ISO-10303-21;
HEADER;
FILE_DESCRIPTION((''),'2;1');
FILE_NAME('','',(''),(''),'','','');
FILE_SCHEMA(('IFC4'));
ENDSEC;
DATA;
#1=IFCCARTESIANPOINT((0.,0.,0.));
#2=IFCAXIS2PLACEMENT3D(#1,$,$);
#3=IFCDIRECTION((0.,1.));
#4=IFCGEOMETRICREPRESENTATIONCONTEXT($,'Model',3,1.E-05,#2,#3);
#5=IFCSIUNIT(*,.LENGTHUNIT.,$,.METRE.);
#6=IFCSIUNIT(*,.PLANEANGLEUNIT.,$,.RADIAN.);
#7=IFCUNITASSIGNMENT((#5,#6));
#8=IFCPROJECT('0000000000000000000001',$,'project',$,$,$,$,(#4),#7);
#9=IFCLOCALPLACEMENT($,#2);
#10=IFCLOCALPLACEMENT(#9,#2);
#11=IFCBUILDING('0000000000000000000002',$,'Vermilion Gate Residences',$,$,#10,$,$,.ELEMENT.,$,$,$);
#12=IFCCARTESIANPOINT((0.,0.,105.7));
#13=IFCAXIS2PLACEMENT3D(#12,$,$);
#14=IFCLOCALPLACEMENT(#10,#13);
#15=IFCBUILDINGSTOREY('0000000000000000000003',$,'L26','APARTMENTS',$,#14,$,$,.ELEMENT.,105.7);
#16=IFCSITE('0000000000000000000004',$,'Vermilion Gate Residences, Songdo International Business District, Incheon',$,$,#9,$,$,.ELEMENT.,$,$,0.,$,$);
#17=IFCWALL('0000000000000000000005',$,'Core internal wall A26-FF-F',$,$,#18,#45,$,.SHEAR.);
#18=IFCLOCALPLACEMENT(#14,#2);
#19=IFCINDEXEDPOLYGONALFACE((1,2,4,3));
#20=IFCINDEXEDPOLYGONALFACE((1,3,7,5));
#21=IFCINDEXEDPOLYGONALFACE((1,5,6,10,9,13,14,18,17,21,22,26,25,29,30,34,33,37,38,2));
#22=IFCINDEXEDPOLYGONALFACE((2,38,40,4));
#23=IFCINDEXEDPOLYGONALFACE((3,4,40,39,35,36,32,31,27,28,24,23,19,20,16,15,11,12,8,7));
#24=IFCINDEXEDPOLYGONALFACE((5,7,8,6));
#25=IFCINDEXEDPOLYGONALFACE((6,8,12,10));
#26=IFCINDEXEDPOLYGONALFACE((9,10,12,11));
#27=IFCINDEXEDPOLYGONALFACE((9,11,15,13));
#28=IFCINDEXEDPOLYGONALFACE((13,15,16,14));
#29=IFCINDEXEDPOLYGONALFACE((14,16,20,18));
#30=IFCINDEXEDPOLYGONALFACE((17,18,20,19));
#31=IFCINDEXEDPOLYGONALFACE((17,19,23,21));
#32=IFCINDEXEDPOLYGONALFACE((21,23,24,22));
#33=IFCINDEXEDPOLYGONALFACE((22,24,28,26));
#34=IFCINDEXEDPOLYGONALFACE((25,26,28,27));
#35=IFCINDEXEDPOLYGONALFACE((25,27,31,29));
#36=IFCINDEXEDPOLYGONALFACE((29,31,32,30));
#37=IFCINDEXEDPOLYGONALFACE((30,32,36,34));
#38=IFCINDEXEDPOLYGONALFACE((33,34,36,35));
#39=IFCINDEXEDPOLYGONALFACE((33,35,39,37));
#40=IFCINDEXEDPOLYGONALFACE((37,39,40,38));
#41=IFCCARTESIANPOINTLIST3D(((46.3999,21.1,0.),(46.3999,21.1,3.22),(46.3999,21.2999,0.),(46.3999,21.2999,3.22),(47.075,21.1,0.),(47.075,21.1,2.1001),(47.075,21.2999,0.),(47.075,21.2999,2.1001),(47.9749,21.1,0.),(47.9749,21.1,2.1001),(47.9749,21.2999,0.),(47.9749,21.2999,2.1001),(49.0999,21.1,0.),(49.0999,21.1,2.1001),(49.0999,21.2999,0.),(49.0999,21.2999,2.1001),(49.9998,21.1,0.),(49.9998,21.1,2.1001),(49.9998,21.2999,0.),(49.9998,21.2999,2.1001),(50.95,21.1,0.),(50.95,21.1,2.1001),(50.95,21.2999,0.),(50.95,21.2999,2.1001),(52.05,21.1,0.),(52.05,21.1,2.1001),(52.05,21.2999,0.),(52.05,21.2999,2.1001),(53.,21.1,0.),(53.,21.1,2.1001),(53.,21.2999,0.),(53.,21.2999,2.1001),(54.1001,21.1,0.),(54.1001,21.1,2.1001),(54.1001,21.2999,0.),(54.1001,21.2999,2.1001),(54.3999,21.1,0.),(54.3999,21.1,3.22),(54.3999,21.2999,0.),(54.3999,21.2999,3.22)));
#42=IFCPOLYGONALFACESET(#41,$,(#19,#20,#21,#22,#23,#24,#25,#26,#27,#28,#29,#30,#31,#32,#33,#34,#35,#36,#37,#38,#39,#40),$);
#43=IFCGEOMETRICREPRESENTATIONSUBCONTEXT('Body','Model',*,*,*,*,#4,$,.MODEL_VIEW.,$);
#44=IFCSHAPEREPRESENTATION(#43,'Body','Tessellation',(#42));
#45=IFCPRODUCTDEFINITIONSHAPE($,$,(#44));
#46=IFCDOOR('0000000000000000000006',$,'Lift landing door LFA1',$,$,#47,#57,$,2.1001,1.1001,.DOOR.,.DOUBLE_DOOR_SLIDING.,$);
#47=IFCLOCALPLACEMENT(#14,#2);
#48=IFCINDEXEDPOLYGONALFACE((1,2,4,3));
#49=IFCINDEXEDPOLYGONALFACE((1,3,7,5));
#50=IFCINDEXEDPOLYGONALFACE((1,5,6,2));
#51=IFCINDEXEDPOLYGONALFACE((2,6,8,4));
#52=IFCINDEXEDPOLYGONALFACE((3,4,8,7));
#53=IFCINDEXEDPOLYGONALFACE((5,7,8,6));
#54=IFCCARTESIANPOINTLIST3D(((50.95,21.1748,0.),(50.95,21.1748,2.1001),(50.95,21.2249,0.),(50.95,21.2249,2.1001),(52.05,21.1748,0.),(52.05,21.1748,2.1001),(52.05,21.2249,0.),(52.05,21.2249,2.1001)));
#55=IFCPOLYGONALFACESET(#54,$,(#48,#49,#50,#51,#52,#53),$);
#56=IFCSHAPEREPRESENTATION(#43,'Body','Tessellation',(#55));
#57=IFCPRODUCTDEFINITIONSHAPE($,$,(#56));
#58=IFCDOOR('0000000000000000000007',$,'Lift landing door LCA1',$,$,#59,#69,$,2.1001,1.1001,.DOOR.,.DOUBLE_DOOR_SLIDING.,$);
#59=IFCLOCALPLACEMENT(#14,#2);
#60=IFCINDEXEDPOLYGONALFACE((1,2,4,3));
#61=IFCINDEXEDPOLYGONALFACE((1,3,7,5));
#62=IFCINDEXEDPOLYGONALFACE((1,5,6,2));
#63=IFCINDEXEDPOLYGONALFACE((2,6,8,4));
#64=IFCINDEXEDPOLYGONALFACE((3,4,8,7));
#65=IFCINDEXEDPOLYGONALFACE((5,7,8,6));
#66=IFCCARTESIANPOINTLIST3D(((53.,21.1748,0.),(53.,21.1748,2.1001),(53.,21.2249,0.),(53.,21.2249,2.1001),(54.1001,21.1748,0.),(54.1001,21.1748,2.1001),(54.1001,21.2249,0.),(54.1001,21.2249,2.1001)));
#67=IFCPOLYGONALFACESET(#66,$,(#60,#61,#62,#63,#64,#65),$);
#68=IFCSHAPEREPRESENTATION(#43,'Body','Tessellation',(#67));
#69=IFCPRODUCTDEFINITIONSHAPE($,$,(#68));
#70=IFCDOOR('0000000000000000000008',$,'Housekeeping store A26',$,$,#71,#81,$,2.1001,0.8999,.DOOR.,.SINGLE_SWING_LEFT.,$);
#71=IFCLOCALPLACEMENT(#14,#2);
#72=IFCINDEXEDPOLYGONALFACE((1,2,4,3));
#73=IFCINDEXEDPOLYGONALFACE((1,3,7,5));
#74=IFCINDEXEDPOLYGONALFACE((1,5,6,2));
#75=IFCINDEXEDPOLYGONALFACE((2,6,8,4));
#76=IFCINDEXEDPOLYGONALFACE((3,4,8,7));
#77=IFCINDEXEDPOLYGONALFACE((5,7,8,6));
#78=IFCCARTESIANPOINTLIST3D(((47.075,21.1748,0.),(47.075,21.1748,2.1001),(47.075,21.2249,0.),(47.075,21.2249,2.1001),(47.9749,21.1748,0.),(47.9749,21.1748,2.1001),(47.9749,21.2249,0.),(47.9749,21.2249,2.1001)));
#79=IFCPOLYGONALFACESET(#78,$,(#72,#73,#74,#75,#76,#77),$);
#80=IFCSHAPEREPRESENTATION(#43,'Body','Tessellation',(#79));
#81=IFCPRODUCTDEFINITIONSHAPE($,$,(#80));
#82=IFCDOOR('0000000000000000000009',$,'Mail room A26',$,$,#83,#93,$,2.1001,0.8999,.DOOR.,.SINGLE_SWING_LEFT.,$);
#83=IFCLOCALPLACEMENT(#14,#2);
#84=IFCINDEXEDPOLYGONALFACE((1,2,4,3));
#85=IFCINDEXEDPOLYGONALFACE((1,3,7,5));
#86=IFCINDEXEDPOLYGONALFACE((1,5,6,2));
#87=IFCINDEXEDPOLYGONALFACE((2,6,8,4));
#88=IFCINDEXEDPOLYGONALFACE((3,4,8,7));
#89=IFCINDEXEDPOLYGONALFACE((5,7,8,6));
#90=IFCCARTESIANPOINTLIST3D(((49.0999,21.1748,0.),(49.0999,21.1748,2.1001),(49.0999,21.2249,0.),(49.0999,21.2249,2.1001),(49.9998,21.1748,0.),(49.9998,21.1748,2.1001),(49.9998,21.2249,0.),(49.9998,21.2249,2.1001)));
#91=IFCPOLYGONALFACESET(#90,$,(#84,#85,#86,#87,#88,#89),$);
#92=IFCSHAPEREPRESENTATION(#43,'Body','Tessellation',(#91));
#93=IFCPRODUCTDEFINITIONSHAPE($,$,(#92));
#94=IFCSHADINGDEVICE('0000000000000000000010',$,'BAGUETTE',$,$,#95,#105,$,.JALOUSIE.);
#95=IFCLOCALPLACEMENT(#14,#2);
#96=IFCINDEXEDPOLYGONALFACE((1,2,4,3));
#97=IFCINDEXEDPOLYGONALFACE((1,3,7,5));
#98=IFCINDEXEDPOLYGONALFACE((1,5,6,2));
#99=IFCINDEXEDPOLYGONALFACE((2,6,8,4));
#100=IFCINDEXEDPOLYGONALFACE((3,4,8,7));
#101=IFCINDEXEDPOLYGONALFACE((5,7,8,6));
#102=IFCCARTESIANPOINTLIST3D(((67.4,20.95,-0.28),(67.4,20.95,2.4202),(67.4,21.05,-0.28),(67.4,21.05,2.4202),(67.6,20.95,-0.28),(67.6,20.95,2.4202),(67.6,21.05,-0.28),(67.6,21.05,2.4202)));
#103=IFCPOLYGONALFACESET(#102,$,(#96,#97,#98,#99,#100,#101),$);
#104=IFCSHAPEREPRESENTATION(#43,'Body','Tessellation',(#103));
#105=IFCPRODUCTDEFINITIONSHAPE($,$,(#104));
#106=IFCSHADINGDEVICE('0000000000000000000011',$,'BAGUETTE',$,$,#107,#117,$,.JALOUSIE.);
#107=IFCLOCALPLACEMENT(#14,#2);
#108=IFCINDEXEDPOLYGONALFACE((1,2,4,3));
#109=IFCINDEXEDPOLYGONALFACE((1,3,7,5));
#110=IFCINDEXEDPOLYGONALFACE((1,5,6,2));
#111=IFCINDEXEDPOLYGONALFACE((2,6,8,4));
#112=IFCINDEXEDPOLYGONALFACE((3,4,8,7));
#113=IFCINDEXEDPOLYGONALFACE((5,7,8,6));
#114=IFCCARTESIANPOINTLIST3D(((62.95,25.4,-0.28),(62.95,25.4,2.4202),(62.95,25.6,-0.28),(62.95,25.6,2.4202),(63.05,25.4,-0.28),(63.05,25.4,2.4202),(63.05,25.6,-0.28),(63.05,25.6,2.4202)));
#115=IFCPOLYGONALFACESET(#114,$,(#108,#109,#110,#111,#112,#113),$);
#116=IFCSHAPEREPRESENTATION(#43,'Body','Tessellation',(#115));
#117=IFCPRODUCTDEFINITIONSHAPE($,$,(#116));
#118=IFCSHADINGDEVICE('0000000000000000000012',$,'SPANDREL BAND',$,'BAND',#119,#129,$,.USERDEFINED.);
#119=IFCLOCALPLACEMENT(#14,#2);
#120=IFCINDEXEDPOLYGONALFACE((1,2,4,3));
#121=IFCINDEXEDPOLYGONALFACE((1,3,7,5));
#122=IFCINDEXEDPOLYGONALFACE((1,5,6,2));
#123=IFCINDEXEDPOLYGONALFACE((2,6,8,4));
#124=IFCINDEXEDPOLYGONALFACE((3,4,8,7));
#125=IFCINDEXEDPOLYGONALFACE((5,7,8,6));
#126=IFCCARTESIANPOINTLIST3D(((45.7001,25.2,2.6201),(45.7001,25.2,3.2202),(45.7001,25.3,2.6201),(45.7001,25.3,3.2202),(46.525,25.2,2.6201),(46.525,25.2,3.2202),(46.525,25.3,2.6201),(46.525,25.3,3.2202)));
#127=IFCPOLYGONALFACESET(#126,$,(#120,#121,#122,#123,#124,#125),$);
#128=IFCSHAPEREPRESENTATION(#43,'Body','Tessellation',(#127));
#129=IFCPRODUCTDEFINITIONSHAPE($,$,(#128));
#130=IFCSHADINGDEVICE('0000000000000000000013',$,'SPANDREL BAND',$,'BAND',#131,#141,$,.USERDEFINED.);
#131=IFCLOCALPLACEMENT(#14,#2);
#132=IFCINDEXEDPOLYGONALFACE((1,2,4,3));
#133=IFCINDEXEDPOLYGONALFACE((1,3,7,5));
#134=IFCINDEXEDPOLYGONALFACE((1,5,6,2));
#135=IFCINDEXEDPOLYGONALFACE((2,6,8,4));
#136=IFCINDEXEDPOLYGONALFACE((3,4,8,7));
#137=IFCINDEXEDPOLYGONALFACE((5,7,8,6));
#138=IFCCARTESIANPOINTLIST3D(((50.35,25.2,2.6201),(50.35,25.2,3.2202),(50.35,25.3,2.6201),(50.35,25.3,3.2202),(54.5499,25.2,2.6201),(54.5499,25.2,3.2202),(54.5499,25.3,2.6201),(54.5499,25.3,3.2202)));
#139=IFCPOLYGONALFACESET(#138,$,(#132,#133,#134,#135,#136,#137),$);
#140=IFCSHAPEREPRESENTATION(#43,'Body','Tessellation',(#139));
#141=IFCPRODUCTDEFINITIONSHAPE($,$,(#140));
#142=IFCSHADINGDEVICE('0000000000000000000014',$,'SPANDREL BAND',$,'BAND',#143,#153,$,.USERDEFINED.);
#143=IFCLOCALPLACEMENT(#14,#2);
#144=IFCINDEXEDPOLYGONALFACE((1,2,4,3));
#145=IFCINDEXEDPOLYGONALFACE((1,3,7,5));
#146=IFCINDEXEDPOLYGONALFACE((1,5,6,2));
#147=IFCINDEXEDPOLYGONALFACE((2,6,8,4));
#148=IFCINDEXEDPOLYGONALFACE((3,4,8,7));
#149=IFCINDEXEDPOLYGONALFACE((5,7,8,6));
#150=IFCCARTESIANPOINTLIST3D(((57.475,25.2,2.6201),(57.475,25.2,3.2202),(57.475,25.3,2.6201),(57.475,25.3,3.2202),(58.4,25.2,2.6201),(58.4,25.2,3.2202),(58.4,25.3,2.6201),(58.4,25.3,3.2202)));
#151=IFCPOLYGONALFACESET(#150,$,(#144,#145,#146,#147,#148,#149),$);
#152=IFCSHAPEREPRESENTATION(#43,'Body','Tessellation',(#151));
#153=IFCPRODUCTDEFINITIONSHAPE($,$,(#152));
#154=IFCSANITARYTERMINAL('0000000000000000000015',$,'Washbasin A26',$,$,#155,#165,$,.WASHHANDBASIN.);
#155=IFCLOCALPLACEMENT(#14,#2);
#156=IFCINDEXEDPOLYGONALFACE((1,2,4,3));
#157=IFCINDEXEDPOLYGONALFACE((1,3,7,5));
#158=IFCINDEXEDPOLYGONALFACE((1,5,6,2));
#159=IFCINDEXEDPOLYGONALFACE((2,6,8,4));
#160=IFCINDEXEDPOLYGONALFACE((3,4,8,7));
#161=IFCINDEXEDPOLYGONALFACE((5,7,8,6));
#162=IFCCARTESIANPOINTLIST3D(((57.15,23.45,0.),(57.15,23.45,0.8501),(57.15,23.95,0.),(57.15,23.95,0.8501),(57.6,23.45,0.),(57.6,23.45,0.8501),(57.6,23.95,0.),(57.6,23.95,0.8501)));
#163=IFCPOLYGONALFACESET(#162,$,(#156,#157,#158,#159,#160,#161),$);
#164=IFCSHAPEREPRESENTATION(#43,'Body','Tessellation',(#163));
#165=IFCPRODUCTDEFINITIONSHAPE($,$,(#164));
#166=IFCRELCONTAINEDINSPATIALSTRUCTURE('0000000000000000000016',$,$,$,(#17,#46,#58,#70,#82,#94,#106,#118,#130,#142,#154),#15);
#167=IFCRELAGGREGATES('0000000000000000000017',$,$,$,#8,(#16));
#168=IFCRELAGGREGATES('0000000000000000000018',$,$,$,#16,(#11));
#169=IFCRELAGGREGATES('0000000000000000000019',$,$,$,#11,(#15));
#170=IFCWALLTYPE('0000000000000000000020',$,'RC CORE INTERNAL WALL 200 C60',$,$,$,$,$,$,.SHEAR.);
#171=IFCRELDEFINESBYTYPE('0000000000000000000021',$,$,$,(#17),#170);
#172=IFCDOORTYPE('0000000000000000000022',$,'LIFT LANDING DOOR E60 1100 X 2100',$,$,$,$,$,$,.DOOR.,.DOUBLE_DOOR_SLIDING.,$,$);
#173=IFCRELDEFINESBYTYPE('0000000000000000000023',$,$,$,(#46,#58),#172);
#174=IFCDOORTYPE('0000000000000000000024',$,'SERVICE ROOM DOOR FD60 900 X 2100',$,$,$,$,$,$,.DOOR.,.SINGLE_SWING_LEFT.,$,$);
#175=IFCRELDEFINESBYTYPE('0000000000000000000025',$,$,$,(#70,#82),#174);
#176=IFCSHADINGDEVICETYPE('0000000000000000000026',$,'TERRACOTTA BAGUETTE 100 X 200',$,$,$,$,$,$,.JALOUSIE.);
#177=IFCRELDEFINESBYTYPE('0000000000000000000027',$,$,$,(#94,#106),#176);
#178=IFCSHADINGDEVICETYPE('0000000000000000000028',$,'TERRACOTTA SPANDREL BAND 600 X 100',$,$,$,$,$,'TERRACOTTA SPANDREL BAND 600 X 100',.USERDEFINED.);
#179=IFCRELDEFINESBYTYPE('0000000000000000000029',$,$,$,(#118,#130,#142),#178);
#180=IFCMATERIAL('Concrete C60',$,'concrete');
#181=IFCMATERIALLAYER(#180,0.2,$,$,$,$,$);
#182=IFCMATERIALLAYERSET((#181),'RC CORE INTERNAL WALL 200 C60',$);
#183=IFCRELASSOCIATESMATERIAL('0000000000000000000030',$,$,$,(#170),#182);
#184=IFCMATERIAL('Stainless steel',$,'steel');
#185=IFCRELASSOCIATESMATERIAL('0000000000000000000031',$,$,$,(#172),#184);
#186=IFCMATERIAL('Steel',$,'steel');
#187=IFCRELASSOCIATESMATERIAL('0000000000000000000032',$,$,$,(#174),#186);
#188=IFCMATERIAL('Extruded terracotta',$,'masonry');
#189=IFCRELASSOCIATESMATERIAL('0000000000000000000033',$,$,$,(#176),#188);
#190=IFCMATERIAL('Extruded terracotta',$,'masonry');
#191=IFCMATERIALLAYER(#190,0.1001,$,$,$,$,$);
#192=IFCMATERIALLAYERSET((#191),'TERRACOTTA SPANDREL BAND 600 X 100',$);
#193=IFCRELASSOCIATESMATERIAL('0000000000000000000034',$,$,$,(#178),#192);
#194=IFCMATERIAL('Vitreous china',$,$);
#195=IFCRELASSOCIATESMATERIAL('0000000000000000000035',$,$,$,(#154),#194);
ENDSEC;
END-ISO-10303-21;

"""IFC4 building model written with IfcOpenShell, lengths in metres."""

from ifc_helpers import new_model, si_unit, direction, frame, frame_2d, origin, origin_2d, place, context, subcontext, project, spatial, rectangle, extrude, material, layer, layer_set, material_profile, profile_set, type_object, element, fill, save


model = new_model("IFC4")

# Units and contexts
model_context = context("Model", 3, precision=1e-05, world=origin(), true_north=direction((0.0, 1.0)))
body_context = subcontext(model_context, "Body", "Model", "MODEL_VIEW")
ifc_project = project(units=[si_unit("LENGTHUNIT", "METRE"), si_unit("PLANEANGLEUNIT", "RADIAN")], contexts=[model_context])

# Site, building, storey
site_placement = place(None, origin())
site = spatial("IfcSite", under=ifc_project, at=site_placement, Name="Vermilion Gate Residences, Songdo International Business District, Incheon", CompositionType="ELEMENT", RefElevation=0.0)
building_placement = place(site_placement, origin())
building = spatial("IfcBuilding", under=site, at=building_placement, Name="Vermilion Gate Residences", CompositionType="ELEMENT")
storey_placement = place(building_placement, frame((0.0, 0.0, 105.7)))
storey = spatial("IfcBuildingStorey", under=building, at=storey_placement, Name="L26", Description="APARTMENTS", CompositionType="ELEMENT", Elevation=105.7)

# Shared definitions
ifc_material_1 = material(Name="Concrete C60", Category="concrete")
ifc_layer_1 = layer(ifc_material_1, 0.2)
ifc_layer_set_1 = layer_set([ifc_layer_1], Name="RC CORE INTERNAL WALL 200 C60")
wall_type_1 = type_object("IfcWallType", Name="RC CORE INTERNAL WALL 200 C60", PredefinedType="SHEAR", material=ifc_layer_set_1)

# Wall, openings, doors
wall_1_placement = place(storey_placement, frame((46.3999, 21.2, 0.0), z_axis=(0.0, 0.0, 1.0), x_axis=(1.0, 0.0, 0.0)))
wall_1 = element("IfcWall", 1, at=wall_1_placement, inside=storey, type_object=wall_type_1, Name="Core internal wall A26-FF-F", PredefinedType="SHEAR", context=body_context, shape_type="SweptSolid", body=[
    extrude(rectangle(XDim=8.0, YDim=0.2, at=frame_2d((4.0, 0.0))), origin(), (0.0, 0.0, 1.0), 3.22),
])
opening_1_placement = place(wall_1_placement, frame((0.675, 0.0, 0.0)))
opening_1 = element("IfcOpeningElement", 2, at=opening_1_placement, cuts=wall_1, PredefinedType="OPENING", context=body_context, shape_type="SweptSolid", body=[
    extrude(rectangle(XDim=0.8999, YDim=2.1001, at=frame_2d((0.45, 1.05))), frame((0.0, 0.1099, 0.0), z_axis=(0.0, -1.0, 0.0), x_axis=(1.0, 0.0, 0.0)), (0.0, 0.0, 1.0), 0.22),
])
opening_2_placement = place(wall_1_placement, frame((2.7, 0.0, 0.0)))
opening_2 = element("IfcOpeningElement", 3, at=opening_2_placement, cuts=wall_1, PredefinedType="OPENING", context=body_context, shape_type="SweptSolid", body=[
    extrude(rectangle(XDim=0.8999, YDim=2.1001, at=frame_2d((0.45, 1.05))), frame((0.0, 0.1099, 0.0), z_axis=(0.0, -1.0, 0.0), x_axis=(1.0, 0.0, 0.0)), (0.0, 0.0, 1.0), 0.22),
])
opening_3_placement = place(wall_1_placement, frame((4.55, 0.0, 0.0)))
opening_3 = element("IfcOpeningElement", 4, at=opening_3_placement, cuts=wall_1, PredefinedType="OPENING", context=body_context, shape_type="SweptSolid", body=[
    extrude(rectangle(XDim=1.1001, YDim=2.1001, at=frame_2d((0.55, 1.05))), frame((0.0, 0.1099, 0.0), z_axis=(0.0, -1.0, 0.0), x_axis=(1.0, 0.0, 0.0)), (0.0, 0.0, 1.0), 0.22),
])
opening_4_placement = place(wall_1_placement, frame((6.6001, 0.0, 0.0)))
opening_4 = element("IfcOpeningElement", 5, at=opening_4_placement, cuts=wall_1, PredefinedType="OPENING", context=body_context, shape_type="SweptSolid", body=[
    extrude(rectangle(XDim=1.1001, YDim=2.1001, at=frame_2d((0.55, 1.05))), frame((0.0, 0.1099, 0.0), z_axis=(0.0, -1.0, 0.0), x_axis=(1.0, 0.0, 0.0)), (0.0, 0.0, 1.0), 0.22),
])
ifc_material_2 = material(Name="Stainless steel", Category="steel")
door_type_1 = type_object("IfcDoorType", Name="LIFT LANDING DOOR E60 1100 X 2100", OperationType="DOUBLE_DOOR_SLIDING", PredefinedType="DOOR", material=ifc_material_2)
door_1_placement = place(opening_3_placement, origin())
door_1 = element("IfcDoor", 6, at=door_1_placement, inside=storey, type_object=door_type_1, Name="Lift landing door LFA1", OperationType="DOUBLE_DOOR_SLIDING", OverallHeight=2.1001, OverallWidth=1.1001, PredefinedType="DOOR", context=body_context, shape_type="SweptSolid", body=[
    extrude(rectangle(XDim=1.1001, YDim=2.1001, at=frame_2d((0.55, 1.05))), frame((0.0, 0.0249, 0.0), z_axis=(0.0, -1.0, 0.0), x_axis=(1.0, 0.0, 0.0)), (0.0, 0.0, 1.0), 0.05),
])
fill(opening_3, door_1)
door_2_placement = place(opening_4_placement, origin())
door_2 = element("IfcDoor", 7, at=door_2_placement, inside=storey, type_object=door_type_1, Name="Lift landing door LCA1", OperationType="DOUBLE_DOOR_SLIDING", OverallHeight=2.1001, OverallWidth=1.1001, PredefinedType="DOOR", context=body_context, shape_type="SweptSolid", body=[
    extrude(rectangle(XDim=1.1001, YDim=2.1001, at=frame_2d((0.55, 1.05))), frame((0.0, 0.0249, 0.0), z_axis=(0.0, -1.0, 0.0), x_axis=(1.0, 0.0, 0.0)), (0.0, 0.0, 1.0), 0.05),
])
fill(opening_4, door_2)
ifc_material_3 = material(Name="Steel", Category="steel")
door_type_2 = type_object("IfcDoorType", Name="SERVICE ROOM DOOR FD60 900 X 2100", OperationType="SINGLE_SWING_LEFT", PredefinedType="DOOR", material=ifc_material_3)
door_3_placement = place(opening_1_placement, origin())
door_3 = element("IfcDoor", 8, at=door_3_placement, inside=storey, type_object=door_type_2, Name="Housekeeping store A26", OperationType="SINGLE_SWING_LEFT", OverallHeight=2.1001, OverallWidth=0.8999, PredefinedType="DOOR", context=body_context, shape_type="SweptSolid", body=[
    extrude(rectangle(XDim=0.8999, YDim=2.1001, at=frame_2d((0.45, 1.05))), frame((0.0, 0.0249, 0.0), z_axis=(0.0, -1.0, 0.0), x_axis=(1.0, 0.0, 0.0)), (0.0, 0.0, 1.0), 0.05),
])
fill(opening_1, door_3)
door_4_placement = place(opening_2_placement, origin())
door_4 = element("IfcDoor", 9, at=door_4_placement, inside=storey, type_object=door_type_2, Name="Mail room A26", OperationType="SINGLE_SWING_LEFT", OverallHeight=2.1001, OverallWidth=0.8999, PredefinedType="DOOR", context=body_context, shape_type="SweptSolid", body=[
    extrude(rectangle(XDim=0.8999, YDim=2.1001, at=frame_2d((0.45, 1.05))), frame((0.0, 0.0249, 0.0), z_axis=(0.0, -1.0, 0.0), x_axis=(1.0, 0.0, 0.0)), (0.0, 0.0, 1.0), 0.05),
])
fill(opening_2, door_4)

# Shading devices
ifc_material_4 = material(Name="Extruded terracotta", Category="masonry")
ifc_material_profile_1 = material_profile(ifc_material_4, rectangle(XDim=0.2, YDim=0.1001, at=origin_2d()), Name="BAGUETTE 100 X 200")
ifc_profile_set_1 = profile_set([ifc_material_profile_1], Name="Extruded terracotta")
shading_device_type_1 = type_object("IfcShadingDeviceType", Name="TERRACOTTA BAGUETTE 100 X 200", PredefinedType="JALOUSIE", material=ifc_profile_set_1)
for number, where, z_axis, x_axis, name in (
    (10, (67.5, 21.0, -0.28), (0.0, 0.0, 1.0), (-1.0, 0.0, 0.0), "BAGUETTE"),
    (11, (63.0, 25.5, -0.28), (0.0, 0.0, 1.0), (0.0, -1.0, 0.0), "BAGUETTE"),
):
    element("IfcShadingDevice", number, at=place(storey_placement, frame(where, z_axis=z_axis, x_axis=x_axis)), inside=storey, type_object=shading_device_type_1, Name=name, PredefinedType="JALOUSIE", context=body_context, shape_type="SweptSolid", body=[
        extrude(rectangle(XDim=0.2, YDim=0.1001, at=origin_2d()), origin(), (0.0, 0.0, 1.0), 2.7002),
    ])
ifc_material_5 = material(Name="Extruded terracotta", Category="masonry")
ifc_layer_2 = layer(ifc_material_5, 0.1001)
ifc_layer_set_2 = layer_set([ifc_layer_2], Name="TERRACOTTA SPANDREL BAND 600 X 100")
shading_device_type_2 = type_object("IfcShadingDeviceType", Name="TERRACOTTA SPANDREL BAND 600 X 100", ElementType="TERRACOTTA SPANDREL BAND 600 X 100", PredefinedType="USERDEFINED", material=ifc_layer_set_2)
shading_device_1_placement = place(storey_placement, frame((46.1125, 25.25, 2.6201), z_axis=(0.0, 0.0, 1.0), x_axis=(1.0, 0.0, 0.0)))
element("IfcShadingDevice", 12, at=shading_device_1_placement, inside=storey, type_object=shading_device_type_2, Name="SPANDREL BAND", ObjectType="BAND", PredefinedType="USERDEFINED", context=body_context, shape_type="SweptSolid", body=[
    extrude(rectangle(XDim=0.825, YDim=0.1001, at=origin_2d()), origin(), (0.0, 0.0, 1.0), 0.6001),
])
shading_device_2_placement = place(storey_placement, frame((52.45, 25.25, 2.6201), z_axis=(0.0, 0.0, 1.0), x_axis=(1.0, 0.0, 0.0)))
element("IfcShadingDevice", 13, at=shading_device_2_placement, inside=storey, type_object=shading_device_type_2, Name="SPANDREL BAND", ObjectType="BAND", PredefinedType="USERDEFINED", context=body_context, shape_type="SweptSolid", body=[
    extrude(rectangle(XDim=4.2, YDim=0.1001, at=origin_2d()), origin(), (0.0, 0.0, 1.0), 0.6001),
])
shading_device_3_placement = place(storey_placement, frame((57.9375, 25.25, 2.6201), z_axis=(0.0, 0.0, 1.0), x_axis=(1.0, 0.0, 0.0)))
element("IfcShadingDevice", 14, at=shading_device_3_placement, inside=storey, type_object=shading_device_type_2, Name="SPANDREL BAND", ObjectType="BAND", PredefinedType="USERDEFINED", context=body_context, shape_type="SweptSolid", body=[
    extrude(rectangle(XDim=0.925, YDim=0.1001, at=origin_2d()), origin(), (0.0, 0.0, 1.0), 0.6001),
])

# Sanitary terminal
ifc_material_6 = material(Name="Vitreous china")
sanitary_terminal_placement = place(storey_placement, frame((57.375, 23.7, 0.0), z_axis=(0.0, 0.0, 1.0), x_axis=(1.0, 0.0, 0.0)))
element("IfcSanitaryTerminal", 15, at=sanitary_terminal_placement, inside=storey, material=ifc_material_6, Name="Washbasin A26", PredefinedType="WASHHANDBASIN", context=body_context, shape_type="SweptSolid", body=[
    extrude(rectangle(XDim=0.45, YDim=0.5, at=origin_2d()), origin(), (0.0, 0.0, 1.0), 0.8501),
])

save(model, "model.ifc")
